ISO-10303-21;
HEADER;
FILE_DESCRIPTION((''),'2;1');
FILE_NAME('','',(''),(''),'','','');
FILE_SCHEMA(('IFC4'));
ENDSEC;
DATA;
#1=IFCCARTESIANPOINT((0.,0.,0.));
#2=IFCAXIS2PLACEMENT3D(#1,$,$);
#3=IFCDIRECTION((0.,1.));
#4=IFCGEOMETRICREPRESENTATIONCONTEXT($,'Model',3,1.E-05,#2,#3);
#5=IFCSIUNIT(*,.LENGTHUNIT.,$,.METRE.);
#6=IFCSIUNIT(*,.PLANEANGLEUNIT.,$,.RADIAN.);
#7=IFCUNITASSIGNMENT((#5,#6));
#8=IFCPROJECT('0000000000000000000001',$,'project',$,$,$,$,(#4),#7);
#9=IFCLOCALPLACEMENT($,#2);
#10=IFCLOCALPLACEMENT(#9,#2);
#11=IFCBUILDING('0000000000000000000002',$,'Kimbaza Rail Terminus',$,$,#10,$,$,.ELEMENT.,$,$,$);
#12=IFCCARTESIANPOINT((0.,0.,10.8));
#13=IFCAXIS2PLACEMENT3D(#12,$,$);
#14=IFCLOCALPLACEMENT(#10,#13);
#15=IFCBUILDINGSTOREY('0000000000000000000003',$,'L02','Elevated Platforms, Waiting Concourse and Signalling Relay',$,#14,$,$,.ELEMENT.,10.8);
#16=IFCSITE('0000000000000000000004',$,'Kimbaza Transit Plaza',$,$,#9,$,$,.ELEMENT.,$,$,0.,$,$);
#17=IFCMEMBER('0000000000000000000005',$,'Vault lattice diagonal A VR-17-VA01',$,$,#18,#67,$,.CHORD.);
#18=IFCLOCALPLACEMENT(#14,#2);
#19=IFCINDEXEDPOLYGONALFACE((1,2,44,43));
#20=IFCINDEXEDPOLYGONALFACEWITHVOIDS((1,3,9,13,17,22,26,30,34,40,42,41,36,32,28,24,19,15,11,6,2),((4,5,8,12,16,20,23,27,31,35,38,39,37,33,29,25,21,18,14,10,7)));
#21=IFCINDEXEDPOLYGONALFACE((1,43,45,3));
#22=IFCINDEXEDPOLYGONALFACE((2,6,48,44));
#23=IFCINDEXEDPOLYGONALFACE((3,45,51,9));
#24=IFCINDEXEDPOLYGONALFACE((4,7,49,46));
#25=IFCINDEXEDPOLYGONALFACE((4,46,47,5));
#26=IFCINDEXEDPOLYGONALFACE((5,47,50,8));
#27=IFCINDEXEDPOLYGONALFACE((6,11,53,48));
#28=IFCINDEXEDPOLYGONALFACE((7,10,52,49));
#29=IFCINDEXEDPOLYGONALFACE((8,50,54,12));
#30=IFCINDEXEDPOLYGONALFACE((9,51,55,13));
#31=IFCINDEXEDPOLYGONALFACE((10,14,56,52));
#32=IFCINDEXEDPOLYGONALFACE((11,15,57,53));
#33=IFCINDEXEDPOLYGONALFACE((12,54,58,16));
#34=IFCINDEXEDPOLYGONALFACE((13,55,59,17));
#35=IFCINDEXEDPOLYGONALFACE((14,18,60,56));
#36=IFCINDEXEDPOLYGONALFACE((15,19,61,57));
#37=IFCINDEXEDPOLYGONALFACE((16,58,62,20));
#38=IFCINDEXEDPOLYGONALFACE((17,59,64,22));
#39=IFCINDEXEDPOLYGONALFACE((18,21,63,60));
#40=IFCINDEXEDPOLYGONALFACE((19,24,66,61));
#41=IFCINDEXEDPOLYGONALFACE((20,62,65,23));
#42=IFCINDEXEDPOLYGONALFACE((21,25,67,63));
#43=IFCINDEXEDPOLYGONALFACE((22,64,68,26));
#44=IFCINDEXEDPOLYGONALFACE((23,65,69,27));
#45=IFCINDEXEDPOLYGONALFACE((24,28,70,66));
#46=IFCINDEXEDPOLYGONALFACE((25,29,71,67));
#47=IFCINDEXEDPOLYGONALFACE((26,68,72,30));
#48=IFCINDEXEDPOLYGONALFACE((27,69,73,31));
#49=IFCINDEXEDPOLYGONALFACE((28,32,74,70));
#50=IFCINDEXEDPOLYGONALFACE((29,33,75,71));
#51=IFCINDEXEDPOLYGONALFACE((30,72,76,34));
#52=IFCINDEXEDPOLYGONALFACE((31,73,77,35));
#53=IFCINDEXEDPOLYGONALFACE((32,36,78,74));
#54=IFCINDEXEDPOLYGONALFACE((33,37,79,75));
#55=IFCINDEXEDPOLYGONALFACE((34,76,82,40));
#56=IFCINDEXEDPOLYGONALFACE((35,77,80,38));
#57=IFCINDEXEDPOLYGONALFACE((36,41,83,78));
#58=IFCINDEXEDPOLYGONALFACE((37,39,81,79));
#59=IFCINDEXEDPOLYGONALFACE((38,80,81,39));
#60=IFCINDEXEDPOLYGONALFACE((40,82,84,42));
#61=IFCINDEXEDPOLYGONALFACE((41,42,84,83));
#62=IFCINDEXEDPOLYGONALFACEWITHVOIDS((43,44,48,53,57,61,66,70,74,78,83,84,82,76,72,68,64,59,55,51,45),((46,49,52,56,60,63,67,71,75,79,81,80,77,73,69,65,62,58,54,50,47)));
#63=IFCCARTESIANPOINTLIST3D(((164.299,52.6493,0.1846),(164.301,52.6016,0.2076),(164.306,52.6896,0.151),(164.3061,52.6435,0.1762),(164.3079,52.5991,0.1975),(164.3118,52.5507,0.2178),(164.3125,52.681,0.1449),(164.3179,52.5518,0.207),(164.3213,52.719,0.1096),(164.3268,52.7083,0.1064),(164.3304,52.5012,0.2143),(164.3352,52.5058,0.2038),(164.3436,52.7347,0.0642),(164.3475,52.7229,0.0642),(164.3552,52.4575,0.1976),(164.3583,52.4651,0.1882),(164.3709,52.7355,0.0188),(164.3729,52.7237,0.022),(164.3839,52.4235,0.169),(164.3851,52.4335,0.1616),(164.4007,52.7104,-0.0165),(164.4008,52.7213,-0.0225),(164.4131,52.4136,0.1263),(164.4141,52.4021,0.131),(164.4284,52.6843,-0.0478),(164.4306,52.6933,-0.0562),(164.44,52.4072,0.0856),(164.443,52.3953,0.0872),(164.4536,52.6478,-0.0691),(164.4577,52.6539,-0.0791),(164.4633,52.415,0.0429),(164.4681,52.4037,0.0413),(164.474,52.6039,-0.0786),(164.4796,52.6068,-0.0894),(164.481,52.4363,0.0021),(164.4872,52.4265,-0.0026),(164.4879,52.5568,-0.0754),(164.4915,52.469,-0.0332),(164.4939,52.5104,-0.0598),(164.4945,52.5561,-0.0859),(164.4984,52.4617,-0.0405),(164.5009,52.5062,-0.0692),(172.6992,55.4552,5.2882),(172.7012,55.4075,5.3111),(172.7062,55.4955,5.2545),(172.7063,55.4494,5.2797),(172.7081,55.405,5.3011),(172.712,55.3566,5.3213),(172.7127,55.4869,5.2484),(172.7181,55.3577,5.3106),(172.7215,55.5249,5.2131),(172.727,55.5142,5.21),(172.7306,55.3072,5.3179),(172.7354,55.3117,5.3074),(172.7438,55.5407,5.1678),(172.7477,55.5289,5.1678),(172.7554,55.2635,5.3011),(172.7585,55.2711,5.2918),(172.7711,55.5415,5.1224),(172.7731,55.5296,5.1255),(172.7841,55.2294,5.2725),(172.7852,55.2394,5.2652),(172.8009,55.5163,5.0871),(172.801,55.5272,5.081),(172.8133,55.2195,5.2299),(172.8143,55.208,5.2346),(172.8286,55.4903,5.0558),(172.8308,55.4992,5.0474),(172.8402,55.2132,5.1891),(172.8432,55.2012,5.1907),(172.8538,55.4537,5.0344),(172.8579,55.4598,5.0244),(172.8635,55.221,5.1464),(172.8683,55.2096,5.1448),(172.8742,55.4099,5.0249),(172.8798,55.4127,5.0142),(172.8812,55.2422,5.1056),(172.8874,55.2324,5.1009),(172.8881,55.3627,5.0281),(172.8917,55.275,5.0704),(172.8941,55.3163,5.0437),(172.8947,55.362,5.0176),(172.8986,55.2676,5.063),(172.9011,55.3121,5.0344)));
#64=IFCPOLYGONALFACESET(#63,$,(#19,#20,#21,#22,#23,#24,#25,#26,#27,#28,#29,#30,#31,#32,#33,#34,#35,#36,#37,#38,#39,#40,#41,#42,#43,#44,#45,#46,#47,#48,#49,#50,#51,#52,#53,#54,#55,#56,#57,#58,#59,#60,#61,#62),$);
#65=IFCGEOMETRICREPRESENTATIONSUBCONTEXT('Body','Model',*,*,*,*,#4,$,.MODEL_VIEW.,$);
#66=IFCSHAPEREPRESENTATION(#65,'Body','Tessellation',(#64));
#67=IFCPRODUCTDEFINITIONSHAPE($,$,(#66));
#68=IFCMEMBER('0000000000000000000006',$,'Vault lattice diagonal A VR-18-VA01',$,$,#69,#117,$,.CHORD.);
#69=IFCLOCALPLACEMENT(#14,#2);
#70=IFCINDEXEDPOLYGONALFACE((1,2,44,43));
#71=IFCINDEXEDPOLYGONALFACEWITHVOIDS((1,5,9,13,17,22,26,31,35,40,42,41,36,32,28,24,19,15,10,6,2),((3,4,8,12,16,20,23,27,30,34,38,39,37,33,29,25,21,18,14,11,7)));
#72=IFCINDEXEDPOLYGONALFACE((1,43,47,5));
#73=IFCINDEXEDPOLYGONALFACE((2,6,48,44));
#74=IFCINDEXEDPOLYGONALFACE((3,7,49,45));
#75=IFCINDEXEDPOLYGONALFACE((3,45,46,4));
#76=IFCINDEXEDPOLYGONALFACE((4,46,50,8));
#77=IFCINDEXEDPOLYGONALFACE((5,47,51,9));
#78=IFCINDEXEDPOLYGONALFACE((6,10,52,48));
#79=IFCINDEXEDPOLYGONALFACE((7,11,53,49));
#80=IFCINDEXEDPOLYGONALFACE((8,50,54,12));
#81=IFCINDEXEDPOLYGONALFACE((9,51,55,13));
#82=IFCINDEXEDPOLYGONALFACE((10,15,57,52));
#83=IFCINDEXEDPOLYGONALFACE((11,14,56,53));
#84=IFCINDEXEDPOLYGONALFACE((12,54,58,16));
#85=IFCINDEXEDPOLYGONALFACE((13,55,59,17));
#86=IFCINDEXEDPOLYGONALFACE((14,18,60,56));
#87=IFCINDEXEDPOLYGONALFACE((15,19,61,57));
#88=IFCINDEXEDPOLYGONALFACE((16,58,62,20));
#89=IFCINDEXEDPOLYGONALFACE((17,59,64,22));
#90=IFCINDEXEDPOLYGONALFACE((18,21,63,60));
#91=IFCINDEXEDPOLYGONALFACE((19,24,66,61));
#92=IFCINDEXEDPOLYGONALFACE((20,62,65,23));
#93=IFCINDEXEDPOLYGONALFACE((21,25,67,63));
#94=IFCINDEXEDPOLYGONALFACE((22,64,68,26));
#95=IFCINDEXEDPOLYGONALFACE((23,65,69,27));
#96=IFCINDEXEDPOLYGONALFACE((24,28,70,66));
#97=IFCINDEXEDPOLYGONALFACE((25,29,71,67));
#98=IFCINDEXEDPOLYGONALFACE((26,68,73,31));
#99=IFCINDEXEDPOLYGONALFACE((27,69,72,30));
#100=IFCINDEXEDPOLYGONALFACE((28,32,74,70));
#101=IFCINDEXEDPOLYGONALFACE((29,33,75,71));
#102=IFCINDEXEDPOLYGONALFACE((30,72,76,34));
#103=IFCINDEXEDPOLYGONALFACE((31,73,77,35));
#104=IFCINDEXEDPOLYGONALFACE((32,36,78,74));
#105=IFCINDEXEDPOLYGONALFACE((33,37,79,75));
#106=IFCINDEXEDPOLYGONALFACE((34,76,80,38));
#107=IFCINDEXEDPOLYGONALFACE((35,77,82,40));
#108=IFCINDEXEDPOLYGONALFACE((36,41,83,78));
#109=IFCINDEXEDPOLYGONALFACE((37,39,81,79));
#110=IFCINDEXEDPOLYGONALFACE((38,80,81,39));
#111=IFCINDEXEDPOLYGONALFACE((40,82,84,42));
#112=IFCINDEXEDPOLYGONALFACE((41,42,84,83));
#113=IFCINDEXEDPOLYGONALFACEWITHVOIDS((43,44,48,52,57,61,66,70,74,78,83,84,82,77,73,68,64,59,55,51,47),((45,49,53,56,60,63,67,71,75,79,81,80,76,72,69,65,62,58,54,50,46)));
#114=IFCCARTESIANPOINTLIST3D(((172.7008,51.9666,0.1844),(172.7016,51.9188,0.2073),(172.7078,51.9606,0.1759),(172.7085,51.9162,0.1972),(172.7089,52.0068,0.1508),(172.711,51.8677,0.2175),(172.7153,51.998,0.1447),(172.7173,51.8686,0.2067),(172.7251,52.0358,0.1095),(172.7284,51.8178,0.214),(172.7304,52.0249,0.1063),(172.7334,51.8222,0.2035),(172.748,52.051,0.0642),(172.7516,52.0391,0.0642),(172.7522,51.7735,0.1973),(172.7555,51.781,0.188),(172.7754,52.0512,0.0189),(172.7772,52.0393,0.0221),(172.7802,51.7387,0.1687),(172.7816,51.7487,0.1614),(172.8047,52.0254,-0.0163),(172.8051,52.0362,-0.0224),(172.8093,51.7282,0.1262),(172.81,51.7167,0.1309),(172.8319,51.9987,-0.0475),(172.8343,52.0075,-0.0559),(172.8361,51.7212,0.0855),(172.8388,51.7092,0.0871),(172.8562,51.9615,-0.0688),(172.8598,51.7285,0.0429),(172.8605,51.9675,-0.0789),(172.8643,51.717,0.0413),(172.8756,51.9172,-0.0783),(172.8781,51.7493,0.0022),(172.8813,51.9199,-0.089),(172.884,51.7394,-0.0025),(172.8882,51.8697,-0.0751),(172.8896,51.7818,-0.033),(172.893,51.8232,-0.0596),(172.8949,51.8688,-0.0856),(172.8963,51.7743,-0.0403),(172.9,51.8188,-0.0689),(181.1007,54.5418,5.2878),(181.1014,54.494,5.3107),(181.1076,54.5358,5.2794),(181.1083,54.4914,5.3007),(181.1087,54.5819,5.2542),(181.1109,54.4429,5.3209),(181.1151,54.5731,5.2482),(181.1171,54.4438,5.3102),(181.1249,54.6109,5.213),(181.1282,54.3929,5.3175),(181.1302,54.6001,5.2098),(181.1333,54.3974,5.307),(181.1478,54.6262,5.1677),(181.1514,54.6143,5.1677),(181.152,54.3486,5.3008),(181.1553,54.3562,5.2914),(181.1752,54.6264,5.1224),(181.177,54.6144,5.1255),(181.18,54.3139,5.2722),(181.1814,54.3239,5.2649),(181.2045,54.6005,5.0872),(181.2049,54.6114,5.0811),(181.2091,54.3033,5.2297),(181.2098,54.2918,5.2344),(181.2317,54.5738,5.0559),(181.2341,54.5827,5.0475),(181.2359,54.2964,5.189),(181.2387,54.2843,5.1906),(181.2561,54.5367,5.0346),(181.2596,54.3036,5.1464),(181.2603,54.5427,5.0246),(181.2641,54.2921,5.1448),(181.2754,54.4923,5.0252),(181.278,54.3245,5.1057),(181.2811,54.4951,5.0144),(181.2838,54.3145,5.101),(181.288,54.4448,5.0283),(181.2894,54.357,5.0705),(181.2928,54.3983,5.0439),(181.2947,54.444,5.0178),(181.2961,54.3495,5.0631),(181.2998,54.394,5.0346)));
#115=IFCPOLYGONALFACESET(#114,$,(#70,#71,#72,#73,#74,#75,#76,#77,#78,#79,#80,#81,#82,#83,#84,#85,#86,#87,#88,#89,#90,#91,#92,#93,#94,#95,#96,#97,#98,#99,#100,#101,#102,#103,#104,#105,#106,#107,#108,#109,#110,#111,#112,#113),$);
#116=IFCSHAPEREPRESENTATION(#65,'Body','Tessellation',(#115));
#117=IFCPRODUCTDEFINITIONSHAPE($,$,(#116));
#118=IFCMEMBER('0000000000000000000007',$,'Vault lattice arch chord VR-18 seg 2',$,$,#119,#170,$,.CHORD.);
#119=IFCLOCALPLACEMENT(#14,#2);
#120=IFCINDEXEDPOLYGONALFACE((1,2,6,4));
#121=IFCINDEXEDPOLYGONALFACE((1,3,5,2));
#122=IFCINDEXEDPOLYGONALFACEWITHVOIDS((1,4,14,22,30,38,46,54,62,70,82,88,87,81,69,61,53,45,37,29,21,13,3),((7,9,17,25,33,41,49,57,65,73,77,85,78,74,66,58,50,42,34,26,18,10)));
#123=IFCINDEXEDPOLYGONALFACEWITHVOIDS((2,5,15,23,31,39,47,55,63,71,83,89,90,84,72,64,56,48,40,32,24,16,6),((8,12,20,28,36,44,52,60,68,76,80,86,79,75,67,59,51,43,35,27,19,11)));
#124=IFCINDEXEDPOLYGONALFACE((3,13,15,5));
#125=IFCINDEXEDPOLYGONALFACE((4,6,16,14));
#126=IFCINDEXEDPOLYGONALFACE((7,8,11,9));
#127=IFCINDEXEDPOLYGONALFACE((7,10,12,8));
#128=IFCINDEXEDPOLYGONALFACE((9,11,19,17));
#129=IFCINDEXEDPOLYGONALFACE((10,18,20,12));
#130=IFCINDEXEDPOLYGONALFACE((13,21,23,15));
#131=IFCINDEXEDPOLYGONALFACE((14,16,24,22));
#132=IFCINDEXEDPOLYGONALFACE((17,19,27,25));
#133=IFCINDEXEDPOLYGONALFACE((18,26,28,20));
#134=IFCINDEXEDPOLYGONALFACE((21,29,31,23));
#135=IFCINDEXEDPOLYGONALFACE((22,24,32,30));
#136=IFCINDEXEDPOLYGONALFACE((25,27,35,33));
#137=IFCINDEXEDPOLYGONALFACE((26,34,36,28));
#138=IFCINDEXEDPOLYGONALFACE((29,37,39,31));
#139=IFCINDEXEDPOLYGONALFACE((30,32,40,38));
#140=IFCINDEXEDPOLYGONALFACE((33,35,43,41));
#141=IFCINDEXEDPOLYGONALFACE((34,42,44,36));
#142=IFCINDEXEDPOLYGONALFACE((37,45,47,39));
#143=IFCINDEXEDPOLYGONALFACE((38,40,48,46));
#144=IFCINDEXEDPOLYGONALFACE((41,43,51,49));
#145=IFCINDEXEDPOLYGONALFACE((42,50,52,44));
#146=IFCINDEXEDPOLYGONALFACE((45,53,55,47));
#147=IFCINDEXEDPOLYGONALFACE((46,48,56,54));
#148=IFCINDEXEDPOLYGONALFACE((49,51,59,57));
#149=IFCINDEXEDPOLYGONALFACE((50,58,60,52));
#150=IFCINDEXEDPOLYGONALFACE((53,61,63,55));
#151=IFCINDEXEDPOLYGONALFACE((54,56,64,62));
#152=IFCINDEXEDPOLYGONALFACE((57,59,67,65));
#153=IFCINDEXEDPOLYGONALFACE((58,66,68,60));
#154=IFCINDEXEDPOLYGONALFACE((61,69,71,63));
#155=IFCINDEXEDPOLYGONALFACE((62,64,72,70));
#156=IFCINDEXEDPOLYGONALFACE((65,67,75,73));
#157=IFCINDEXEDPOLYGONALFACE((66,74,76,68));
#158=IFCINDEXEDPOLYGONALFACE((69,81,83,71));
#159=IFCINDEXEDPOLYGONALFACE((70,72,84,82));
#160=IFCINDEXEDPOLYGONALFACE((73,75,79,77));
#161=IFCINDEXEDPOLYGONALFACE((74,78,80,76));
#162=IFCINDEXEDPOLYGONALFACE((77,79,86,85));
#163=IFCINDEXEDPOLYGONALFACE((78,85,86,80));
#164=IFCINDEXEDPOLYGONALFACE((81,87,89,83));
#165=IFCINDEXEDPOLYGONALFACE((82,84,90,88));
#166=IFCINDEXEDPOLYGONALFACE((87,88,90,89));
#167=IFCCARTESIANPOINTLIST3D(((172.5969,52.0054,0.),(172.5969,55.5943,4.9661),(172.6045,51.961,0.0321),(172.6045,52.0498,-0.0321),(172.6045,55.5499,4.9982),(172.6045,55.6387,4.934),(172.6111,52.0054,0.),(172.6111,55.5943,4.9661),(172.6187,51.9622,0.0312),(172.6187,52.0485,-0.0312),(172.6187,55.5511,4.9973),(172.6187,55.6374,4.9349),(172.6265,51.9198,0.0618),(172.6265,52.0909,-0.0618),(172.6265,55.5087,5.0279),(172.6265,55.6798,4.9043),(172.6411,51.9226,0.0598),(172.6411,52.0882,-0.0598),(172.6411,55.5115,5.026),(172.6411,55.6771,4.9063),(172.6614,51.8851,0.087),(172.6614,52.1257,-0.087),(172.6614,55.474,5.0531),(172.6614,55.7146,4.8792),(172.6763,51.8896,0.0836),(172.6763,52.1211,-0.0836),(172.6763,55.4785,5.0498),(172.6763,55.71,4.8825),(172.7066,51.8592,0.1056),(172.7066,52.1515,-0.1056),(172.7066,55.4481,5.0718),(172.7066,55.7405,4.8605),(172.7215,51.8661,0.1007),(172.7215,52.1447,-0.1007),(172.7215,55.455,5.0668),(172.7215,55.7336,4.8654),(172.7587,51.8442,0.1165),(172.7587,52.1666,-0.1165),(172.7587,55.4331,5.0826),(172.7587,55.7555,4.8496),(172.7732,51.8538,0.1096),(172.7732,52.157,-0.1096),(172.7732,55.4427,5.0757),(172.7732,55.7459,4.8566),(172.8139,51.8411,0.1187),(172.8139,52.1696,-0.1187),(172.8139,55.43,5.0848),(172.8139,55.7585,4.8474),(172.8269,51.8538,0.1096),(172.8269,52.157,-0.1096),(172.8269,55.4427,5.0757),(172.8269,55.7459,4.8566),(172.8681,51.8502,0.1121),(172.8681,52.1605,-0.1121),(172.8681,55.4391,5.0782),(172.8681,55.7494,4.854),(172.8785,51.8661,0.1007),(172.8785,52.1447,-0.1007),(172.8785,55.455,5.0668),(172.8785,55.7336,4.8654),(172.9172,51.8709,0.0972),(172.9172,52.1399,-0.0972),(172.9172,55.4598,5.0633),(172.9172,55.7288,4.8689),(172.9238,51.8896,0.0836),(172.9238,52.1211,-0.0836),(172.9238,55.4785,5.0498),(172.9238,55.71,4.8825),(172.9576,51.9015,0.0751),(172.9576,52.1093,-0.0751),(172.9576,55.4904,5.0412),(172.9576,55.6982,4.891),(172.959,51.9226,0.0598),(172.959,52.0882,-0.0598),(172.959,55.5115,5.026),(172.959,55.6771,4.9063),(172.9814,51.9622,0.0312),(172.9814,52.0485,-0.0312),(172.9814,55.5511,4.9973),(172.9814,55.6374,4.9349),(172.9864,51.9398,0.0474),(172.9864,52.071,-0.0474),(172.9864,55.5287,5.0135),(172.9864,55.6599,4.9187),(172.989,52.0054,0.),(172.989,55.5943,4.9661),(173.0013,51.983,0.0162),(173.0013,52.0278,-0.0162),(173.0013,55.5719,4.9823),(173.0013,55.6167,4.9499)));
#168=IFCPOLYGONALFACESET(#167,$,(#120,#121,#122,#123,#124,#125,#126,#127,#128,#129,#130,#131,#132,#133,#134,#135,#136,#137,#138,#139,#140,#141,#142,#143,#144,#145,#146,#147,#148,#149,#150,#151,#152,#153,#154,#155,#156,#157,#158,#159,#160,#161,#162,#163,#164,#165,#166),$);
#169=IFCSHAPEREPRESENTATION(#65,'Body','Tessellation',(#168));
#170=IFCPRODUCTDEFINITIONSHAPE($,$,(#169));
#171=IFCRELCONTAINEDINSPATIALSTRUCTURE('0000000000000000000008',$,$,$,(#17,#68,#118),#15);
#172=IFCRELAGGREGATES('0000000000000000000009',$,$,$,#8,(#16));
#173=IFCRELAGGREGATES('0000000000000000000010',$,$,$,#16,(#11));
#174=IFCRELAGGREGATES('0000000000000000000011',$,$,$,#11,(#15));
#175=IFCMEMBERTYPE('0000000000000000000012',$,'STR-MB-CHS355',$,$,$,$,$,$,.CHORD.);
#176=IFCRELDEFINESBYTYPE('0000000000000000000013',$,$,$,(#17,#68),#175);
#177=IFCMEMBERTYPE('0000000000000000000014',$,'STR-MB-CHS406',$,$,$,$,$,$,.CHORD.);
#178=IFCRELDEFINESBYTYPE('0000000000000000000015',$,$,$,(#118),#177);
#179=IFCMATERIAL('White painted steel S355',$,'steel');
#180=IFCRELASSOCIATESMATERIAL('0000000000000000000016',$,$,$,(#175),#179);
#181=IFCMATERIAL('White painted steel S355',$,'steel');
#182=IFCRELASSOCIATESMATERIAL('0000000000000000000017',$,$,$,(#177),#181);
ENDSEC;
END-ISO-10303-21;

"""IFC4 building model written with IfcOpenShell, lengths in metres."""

from ifc_helpers import new_model, si_unit, direction, frame, origin, origin_2d, place, context, subcontext, project, spatial, hollow_circle, extrude, material, material_profile, profile_set, type_object, element, save


model = new_model("IFC4")

# Units and contexts
model_context = context("Model", 3, precision=1e-05, world=origin(), true_north=direction((0.0, 1.0)))
body_context = subcontext(model_context, "Body", "Model", "MODEL_VIEW")
ifc_project = project(units=[si_unit("LENGTHUNIT", "METRE"), si_unit("PLANEANGLEUNIT", "RADIAN")], contexts=[model_context])

# Site, building, storey
site_placement = place(None, origin())
site = spatial("IfcSite", under=ifc_project, at=site_placement, Name="Kimbaza Transit Plaza", CompositionType="ELEMENT", RefElevation=0.0)
building_placement = place(site_placement, origin())
building = spatial("IfcBuilding", under=site, at=building_placement, Name="Kimbaza Rail Terminus", CompositionType="ELEMENT")
storey_placement = place(building_placement, frame((0.0, 0.0, 10.8)))
storey = spatial("IfcBuildingStorey", under=building, at=storey_placement, Name="L02", Description="Elevated Platforms, Waiting Concourse and Signalling Relay", CompositionType="ELEMENT", Elevation=10.8)

# Members
ifc_material_1 = material(Name="White painted steel S355", Category="steel")
ifc_material_profile_1 = material_profile(ifc_material_1, hollow_circle(Radius=0.1777, WallThickness=0.0125, at=origin_2d()), Name="CHS 355.6x12.5")
ifc_profile_set_1 = profile_set([ifc_material_profile_1], Name="White painted steel S355")
member_type_1 = type_object("IfcMemberType", Name="STR-MB-CHS355", PredefinedType="CHORD", material=ifc_profile_set_1)
member_1_placement = place(storey_placement, frame((164.3999, 52.5662, 0.0642), z_axis=(0.821802, 0.274507, 0.499287), x_axis=(-0.316823, 0.948485, 0.0)))
element("IfcMember", 1, at=member_1_placement, inside=storey, type_object=member_type_1, Name="Vault lattice diagonal A VR-17-VA01", PredefinedType="CHORD", context=body_context, shape_type="SweptSolid", body=[
    extrude(hollow_circle(Radius=0.1777, WallThickness=0.0125, at=origin_2d()), origin(), (0.0, 0.0, 1.0), 10.2217),
])
member_2_placement = place(storey_placement, frame((172.8, 51.8811, 0.0642), z_axis=(0.826721, 0.253452, 0.50229), x_axis=(-0.293109, 0.956079, 0.0)))
element("IfcMember", 2, at=member_2_placement, inside=storey, type_object=member_type_1, Name="Vault lattice diagonal A VR-18-VA01", PredefinedType="CHORD", context=body_context, shape_type="SweptSolid", body=[
    extrude(hollow_circle(Radius=0.1777, WallThickness=0.0125, at=origin_2d()), origin(), (0.0, 0.0, 1.0), 10.1604),
])
ifc_material_2 = material(Name="White painted steel S355", Category="steel")
ifc_material_profile_2 = material_profile(ifc_material_2, hollow_circle(Radius=0.2031, WallThickness=0.0142, at=origin_2d()), Name="CHS 406.4x14.2")
ifc_profile_set_2 = profile_set([ifc_material_profile_2], Name="White painted steel S355")
member_type_2 = type_object("IfcMemberType", Name="STR-MB-CHS406", PredefinedType="CHORD", material=ifc_profile_set_2)
member_3_placement = place(storey_placement, frame((172.8, 52.0054, 0.0), z_axis=(0.0, 0.585733, 0.810504), x_axis=(-1.0, 0.0, 0.0)))
element("IfcMember", 3, at=member_3_placement, inside=storey, type_object=member_type_2, Name="Vault lattice arch chord VR-18 seg 2", PredefinedType="CHORD", context=body_context, shape_type="SweptSolid", body=[
    extrude(hollow_circle(Radius=0.2031, WallThickness=0.0142, at=origin_2d()), origin(), (0.0, 0.0, 1.0), 6.1272),
])

save(model, "model.ifc")
